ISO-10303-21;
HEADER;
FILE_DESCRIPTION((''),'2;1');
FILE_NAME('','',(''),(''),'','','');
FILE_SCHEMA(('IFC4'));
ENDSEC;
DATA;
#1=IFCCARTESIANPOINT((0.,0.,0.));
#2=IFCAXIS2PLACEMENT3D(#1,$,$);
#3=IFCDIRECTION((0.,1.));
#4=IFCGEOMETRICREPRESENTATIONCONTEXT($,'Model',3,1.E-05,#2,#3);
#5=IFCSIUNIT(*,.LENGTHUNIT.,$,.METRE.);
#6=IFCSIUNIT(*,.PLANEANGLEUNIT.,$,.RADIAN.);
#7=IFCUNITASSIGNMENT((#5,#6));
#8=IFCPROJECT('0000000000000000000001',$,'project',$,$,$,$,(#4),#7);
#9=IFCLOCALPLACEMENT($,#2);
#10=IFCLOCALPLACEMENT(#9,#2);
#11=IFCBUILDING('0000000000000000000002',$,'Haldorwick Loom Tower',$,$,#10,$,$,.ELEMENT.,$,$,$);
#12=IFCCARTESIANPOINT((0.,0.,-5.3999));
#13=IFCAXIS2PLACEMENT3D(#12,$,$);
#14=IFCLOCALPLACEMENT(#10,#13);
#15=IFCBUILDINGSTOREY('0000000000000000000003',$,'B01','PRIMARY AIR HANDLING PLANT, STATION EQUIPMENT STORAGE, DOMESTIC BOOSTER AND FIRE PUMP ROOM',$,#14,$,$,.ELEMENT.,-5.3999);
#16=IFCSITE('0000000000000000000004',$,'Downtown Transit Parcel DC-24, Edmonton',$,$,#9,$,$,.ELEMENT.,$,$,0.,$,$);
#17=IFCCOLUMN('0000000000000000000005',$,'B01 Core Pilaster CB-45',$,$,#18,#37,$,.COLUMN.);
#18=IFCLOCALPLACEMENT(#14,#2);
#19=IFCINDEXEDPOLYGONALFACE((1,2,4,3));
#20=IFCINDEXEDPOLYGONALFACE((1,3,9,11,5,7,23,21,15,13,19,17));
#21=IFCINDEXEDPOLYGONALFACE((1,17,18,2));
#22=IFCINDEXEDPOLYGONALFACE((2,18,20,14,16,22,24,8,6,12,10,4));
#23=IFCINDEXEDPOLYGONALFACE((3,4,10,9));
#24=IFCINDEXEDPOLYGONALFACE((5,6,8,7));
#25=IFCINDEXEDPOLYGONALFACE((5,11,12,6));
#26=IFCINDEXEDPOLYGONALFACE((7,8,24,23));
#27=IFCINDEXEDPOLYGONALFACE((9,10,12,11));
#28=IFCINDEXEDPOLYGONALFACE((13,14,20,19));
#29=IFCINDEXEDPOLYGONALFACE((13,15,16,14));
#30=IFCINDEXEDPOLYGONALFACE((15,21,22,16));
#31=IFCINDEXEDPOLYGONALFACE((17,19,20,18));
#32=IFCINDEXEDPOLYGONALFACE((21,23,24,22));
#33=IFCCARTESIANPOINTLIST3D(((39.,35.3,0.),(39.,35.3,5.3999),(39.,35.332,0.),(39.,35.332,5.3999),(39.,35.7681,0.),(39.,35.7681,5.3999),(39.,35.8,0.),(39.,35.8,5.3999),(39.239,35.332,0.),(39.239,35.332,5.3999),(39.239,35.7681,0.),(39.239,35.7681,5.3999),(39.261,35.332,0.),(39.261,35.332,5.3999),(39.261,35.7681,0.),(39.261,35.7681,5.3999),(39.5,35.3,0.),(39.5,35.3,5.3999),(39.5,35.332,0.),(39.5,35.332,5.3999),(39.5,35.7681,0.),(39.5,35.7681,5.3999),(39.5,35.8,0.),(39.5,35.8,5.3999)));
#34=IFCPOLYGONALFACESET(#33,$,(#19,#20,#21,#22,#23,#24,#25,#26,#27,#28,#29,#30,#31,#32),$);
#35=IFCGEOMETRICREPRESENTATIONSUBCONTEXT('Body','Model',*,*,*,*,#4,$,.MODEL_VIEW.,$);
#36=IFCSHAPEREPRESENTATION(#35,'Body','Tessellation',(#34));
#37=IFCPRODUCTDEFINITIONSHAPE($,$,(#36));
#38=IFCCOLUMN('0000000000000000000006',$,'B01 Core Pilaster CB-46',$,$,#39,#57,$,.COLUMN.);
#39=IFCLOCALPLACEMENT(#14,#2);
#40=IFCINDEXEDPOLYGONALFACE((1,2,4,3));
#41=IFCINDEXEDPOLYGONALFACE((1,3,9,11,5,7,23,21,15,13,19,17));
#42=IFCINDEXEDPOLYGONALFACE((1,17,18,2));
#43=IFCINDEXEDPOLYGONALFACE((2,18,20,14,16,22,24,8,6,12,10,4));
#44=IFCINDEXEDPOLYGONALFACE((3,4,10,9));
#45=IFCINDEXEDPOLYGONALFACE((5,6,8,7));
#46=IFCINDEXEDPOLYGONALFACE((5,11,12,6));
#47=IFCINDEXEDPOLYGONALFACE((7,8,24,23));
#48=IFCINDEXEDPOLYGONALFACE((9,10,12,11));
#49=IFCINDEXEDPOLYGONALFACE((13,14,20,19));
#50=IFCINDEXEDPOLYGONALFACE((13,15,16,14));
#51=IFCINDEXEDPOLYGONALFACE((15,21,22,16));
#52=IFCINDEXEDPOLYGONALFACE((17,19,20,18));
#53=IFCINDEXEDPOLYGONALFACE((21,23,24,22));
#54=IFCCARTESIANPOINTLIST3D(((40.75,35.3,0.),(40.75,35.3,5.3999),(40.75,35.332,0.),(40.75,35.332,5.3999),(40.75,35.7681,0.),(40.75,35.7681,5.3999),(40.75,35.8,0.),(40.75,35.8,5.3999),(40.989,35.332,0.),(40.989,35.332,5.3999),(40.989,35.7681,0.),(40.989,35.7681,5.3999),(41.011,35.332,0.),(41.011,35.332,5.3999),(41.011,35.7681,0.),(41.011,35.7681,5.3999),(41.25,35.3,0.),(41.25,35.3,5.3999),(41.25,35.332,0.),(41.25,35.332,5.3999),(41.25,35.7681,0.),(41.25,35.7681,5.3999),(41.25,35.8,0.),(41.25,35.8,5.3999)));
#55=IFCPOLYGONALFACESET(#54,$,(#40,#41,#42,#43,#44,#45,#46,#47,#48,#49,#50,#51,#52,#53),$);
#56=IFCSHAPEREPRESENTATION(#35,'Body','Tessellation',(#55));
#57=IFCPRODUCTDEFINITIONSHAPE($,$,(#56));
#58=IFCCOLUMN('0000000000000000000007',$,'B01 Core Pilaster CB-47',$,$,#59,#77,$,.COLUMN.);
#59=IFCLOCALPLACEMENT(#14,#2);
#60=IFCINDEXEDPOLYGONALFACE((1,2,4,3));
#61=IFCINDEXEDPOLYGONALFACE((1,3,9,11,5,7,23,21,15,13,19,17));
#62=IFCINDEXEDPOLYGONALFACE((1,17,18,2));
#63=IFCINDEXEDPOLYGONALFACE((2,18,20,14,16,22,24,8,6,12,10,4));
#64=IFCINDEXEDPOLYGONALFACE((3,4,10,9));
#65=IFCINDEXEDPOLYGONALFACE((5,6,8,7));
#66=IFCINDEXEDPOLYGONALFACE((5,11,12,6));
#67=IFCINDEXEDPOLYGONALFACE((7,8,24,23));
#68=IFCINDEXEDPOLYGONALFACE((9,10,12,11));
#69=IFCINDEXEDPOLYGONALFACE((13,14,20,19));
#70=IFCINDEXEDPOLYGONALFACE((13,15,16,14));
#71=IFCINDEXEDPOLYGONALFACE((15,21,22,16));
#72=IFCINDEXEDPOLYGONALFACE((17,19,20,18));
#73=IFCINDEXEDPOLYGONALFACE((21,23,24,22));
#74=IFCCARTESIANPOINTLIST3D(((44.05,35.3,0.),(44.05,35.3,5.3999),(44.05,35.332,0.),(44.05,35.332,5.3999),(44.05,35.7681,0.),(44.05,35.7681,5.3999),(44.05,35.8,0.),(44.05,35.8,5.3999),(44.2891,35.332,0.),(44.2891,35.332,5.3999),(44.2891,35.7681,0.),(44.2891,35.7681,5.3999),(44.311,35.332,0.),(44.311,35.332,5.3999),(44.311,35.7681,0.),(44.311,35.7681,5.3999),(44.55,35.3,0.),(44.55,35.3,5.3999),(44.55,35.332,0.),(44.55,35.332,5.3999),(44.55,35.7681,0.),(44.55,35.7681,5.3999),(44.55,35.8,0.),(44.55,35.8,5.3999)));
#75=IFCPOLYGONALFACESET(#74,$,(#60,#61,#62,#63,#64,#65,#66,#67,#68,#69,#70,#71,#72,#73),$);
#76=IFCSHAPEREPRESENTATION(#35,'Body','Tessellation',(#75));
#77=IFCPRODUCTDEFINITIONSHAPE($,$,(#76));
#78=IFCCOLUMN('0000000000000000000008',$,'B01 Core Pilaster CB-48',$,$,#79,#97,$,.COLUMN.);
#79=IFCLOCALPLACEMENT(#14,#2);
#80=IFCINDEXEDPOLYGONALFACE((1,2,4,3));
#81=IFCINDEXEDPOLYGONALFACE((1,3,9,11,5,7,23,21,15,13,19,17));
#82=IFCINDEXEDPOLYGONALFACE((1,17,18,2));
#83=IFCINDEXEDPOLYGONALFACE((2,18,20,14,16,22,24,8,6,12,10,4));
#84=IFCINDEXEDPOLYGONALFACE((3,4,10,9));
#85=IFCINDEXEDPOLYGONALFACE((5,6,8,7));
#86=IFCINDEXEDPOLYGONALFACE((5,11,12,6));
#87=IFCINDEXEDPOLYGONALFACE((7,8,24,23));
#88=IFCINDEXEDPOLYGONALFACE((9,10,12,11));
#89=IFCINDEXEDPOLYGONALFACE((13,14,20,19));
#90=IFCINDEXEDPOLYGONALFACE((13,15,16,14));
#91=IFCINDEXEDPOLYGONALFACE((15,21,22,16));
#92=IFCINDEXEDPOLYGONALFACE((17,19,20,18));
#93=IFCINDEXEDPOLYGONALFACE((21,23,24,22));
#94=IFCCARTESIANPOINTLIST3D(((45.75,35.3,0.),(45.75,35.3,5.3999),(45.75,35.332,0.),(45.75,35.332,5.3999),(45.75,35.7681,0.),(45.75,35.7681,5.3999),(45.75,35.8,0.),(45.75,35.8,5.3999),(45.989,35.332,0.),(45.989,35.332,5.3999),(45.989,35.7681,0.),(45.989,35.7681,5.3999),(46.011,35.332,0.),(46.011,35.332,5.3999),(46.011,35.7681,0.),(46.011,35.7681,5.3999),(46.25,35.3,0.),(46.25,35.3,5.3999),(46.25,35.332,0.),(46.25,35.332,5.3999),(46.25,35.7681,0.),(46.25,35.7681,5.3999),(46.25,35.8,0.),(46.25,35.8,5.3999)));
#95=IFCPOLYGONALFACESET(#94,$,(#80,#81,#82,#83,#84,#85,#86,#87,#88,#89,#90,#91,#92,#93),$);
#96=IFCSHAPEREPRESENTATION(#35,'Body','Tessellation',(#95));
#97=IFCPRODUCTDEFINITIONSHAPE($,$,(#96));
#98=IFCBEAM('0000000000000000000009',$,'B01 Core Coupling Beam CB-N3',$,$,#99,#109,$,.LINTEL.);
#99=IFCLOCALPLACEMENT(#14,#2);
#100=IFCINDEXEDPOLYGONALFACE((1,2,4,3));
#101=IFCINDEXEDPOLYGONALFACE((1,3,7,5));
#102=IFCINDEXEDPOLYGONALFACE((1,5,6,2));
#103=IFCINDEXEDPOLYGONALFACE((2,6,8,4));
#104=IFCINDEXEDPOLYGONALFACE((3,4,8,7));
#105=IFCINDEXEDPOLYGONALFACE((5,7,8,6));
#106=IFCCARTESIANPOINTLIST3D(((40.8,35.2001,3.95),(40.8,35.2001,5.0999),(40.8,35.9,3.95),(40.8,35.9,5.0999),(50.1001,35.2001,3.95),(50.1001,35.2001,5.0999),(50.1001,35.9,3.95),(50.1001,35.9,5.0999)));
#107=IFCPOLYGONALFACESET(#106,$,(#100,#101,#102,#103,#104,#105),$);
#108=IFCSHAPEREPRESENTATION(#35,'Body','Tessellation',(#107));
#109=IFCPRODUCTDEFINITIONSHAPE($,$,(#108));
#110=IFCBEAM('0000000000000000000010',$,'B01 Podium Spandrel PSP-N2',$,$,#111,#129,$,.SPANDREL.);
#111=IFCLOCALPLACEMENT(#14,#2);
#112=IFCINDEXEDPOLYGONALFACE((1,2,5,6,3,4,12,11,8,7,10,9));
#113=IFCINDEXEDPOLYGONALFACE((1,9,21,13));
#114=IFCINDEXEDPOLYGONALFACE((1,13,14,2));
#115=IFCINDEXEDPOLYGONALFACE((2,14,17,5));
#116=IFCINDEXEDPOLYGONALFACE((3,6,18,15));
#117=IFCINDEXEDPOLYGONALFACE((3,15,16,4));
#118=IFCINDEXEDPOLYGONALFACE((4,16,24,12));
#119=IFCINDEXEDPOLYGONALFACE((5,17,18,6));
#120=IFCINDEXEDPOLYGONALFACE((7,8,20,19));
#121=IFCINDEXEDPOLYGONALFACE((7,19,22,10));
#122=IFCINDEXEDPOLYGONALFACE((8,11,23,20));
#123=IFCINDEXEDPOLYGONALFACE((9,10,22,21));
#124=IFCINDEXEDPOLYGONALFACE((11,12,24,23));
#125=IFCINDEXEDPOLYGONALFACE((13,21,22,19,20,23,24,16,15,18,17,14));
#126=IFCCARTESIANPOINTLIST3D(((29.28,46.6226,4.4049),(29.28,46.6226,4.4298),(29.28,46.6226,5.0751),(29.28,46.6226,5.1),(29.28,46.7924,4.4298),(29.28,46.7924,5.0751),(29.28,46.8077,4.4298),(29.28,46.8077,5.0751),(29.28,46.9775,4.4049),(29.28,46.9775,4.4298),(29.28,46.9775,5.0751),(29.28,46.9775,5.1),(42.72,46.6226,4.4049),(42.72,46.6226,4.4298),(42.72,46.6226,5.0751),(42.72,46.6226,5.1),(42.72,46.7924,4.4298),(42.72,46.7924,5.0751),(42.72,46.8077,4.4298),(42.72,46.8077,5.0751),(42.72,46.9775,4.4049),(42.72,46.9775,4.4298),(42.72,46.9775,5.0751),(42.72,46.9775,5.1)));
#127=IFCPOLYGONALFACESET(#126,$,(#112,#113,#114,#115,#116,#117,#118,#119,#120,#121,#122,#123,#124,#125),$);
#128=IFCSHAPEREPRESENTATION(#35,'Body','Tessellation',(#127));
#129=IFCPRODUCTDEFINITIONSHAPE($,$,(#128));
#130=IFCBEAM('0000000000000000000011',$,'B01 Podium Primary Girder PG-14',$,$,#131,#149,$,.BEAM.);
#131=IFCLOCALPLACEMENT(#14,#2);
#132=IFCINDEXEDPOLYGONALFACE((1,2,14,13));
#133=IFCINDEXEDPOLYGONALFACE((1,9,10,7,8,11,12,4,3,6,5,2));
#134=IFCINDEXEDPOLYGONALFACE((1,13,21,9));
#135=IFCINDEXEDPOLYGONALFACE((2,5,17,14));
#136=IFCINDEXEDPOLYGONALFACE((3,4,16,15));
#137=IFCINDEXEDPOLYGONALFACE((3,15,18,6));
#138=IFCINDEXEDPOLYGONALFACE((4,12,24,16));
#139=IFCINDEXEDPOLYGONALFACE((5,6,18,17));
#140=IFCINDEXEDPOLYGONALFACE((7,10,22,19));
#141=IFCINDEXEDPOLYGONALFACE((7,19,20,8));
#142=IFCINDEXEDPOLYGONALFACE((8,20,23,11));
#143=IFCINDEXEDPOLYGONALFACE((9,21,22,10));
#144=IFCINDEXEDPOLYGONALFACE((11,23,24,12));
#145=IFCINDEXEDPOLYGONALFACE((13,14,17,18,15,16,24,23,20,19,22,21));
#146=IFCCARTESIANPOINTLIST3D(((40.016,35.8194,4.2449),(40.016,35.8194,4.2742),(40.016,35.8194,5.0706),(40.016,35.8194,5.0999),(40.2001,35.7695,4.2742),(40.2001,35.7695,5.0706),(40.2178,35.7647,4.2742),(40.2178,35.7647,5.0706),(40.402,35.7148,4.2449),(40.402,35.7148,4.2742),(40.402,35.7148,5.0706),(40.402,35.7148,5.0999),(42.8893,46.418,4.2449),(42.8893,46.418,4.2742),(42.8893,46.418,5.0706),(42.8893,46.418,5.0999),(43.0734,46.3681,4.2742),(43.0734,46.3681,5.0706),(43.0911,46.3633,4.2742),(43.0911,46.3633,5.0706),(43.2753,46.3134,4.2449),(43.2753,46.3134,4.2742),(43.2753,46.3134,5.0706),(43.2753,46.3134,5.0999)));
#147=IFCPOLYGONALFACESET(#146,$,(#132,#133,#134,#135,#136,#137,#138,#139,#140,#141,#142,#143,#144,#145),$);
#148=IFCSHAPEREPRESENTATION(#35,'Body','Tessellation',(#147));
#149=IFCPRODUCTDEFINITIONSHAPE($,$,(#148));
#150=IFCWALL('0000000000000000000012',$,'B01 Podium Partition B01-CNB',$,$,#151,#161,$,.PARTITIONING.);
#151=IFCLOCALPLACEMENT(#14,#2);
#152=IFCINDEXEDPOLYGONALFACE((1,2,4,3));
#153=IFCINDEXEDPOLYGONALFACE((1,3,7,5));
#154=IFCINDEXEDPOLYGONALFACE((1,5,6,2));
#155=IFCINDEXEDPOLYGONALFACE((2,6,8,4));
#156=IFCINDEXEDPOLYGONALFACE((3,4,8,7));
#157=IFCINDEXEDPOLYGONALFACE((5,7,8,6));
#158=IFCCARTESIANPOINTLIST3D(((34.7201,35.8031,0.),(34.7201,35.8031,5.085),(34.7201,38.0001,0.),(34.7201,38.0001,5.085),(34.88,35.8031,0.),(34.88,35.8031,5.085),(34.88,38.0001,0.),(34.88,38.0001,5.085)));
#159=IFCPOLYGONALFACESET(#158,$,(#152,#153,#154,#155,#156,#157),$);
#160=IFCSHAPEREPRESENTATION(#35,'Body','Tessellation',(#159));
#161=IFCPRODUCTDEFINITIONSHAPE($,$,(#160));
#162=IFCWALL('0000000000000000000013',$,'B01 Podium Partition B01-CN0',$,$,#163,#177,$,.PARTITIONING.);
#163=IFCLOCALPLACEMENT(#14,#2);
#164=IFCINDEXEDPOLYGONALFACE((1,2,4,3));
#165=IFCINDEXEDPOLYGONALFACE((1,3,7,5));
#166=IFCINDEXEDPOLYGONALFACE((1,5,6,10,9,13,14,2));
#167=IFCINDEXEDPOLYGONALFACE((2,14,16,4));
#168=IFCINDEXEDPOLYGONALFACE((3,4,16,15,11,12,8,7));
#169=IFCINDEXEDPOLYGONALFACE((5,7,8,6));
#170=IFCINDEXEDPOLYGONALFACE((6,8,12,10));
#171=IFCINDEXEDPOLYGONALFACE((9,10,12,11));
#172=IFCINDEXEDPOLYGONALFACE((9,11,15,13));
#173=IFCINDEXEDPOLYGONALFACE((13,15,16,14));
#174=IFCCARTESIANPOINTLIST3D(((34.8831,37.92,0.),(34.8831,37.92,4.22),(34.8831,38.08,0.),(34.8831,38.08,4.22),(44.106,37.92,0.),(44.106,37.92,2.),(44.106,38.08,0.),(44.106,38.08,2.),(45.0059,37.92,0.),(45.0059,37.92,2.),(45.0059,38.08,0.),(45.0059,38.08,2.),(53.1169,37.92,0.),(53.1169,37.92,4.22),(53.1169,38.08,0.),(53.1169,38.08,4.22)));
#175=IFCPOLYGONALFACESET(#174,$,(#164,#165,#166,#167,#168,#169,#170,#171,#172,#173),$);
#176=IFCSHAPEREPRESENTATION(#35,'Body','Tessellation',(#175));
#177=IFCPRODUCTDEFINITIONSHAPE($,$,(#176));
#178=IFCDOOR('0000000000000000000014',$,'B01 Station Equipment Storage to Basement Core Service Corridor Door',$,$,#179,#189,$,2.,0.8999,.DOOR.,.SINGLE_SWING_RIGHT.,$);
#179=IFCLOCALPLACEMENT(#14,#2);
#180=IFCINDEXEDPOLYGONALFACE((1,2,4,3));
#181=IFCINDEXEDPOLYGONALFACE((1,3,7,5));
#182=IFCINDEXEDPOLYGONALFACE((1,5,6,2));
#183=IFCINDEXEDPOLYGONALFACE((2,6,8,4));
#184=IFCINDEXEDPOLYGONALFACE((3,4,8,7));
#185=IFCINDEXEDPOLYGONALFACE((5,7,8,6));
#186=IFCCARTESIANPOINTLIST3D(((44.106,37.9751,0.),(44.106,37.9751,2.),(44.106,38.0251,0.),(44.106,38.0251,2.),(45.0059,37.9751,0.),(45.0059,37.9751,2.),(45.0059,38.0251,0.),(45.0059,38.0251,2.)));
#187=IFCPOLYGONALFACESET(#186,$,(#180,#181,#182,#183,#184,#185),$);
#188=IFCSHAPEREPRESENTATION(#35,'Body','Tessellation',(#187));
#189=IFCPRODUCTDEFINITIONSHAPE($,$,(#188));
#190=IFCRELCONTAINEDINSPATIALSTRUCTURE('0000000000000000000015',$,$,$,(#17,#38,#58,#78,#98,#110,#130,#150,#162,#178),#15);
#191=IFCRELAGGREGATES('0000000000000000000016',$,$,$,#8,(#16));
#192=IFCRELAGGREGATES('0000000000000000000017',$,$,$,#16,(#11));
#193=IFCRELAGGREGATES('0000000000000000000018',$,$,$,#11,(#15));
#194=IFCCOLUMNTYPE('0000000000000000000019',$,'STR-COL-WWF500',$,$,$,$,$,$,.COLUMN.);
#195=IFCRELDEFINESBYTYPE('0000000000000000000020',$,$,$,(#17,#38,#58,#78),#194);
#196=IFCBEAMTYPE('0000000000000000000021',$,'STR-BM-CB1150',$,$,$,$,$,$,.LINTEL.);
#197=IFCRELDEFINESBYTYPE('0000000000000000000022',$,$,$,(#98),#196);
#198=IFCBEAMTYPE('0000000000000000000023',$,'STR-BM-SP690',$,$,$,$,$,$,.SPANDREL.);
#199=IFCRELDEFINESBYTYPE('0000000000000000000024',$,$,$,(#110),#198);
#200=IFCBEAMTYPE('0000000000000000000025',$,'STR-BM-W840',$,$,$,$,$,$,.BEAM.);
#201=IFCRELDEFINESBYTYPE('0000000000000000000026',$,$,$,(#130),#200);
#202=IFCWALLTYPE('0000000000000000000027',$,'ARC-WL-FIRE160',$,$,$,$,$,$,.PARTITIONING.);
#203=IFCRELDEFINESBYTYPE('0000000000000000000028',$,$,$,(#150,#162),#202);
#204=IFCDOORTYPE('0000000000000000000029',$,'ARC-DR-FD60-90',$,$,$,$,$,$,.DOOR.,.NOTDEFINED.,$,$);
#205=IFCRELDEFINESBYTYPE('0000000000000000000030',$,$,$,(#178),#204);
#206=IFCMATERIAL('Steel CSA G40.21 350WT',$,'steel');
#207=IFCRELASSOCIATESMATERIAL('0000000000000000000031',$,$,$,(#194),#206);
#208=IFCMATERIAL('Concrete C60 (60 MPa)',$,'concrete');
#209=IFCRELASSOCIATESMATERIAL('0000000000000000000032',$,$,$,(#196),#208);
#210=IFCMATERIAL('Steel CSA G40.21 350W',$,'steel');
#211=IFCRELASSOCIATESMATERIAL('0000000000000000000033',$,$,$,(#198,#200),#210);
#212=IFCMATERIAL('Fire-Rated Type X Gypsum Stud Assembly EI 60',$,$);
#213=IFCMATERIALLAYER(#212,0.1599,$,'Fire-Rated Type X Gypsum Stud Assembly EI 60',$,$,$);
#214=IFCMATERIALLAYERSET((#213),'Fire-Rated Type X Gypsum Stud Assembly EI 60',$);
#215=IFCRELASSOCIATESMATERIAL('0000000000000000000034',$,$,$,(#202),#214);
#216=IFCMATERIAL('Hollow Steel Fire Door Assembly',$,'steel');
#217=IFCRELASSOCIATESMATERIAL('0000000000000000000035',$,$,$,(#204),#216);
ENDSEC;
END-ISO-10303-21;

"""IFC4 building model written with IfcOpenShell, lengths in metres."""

from ifc_helpers import new_model, si_unit, direction, frame, frame_2d, origin, origin_2d, place, context, subcontext, project, spatial, rectangle, i_section, extrude, material, layer, layer_set, material_profile, profile_set, type_object, element, fill, save


model = new_model("IFC4")

# Units and contexts
model_context = context("Model", 3, precision=1e-05, world=origin(), true_north=direction((0.0, 1.0)))
body_context = subcontext(model_context, "Body", "Model", "MODEL_VIEW")
ifc_project = project(units=[si_unit("LENGTHUNIT", "METRE"), si_unit("PLANEANGLEUNIT", "RADIAN")], contexts=[model_context])

# Site, building, storey
site_placement = place(None, origin())
site = spatial("IfcSite", under=ifc_project, at=site_placement, Name="Downtown Transit Parcel DC-24, Edmonton", CompositionType="ELEMENT", RefElevation=0.0)
building_placement = place(site_placement, origin())
building = spatial("IfcBuilding", under=site, at=building_placement, Name="Haldorwick Loom Tower", CompositionType="ELEMENT")
storey_placement = place(building_placement, frame((0.0, 0.0, -5.3999)))
storey = spatial("IfcBuildingStorey", under=building, at=storey_placement, Name="B01", Description="PRIMARY AIR HANDLING PLANT, STATION EQUIPMENT STORAGE, DOMESTIC BOOSTER AND FIRE PUMP ROOM", CompositionType="ELEMENT", Elevation=-5.3999)

# Columns
ifc_material_1 = material(Name="Concrete C60 (60 MPa)", Category="concrete")
ifc_material_2 = material(Name="Steel CSA G40.21 350WT", Category="steel")
ifc_material_profile_1 = material_profile(ifc_material_2, i_section(OverallWidth=0.5, OverallDepth=0.5, WebThickness=0.022, FlangeThickness=0.032, at=origin_2d()), Name="WWF500X500", Category="steel")
ifc_profile_set_1 = profile_set([ifc_material_profile_1], Name="Steel CSA G40.21 350WT")
column_type_1 = type_object("IfcColumnType", Name="STR-COL-WWF500", PredefinedType="COLUMN", material=ifc_profile_set_1)
for number, where, z_axis, x_axis, name in (
    (1, (39.25, 35.55, 0.0), (0.0, 0.0, 1.0), (1.0, 0.0, 0.0), "B01 Core Pilaster CB-45"),
    (2, (41.0, 35.55, 0.0), (0.0, 0.0, 1.0), (1.0, 0.0, 0.0), "B01 Core Pilaster CB-46"),
    (3, (44.3, 35.55, 0.0), (0.0, 0.0, 1.0), (1.0, 0.0, 0.0), "B01 Core Pilaster CB-47"),
    (4, (46.0, 35.55, 0.0), (0.0, 0.0, 1.0), (1.0, 0.0, 0.0), "B01 Core Pilaster CB-48"),
):
    element("IfcColumn", number, at=place(storey_placement, frame(where, z_axis=z_axis, x_axis=x_axis)), inside=storey, type_object=column_type_1, Name=name, PredefinedType="COLUMN", context=body_context, shape_type="SweptSolid", body=[
        extrude(i_section(OverallWidth=0.5, OverallDepth=0.5, WebThickness=0.022, FlangeThickness=0.032, at=origin_2d()), origin(), (0.0, 0.0, 1.0), 5.3999),
    ])

# Beams
ifc_material_profile_2 = material_profile(ifc_material_1, rectangle(XDim=0.7, YDim=1.1499, at=origin_2d()), Name="RC700X1150", Category="concrete")
ifc_profile_set_2 = profile_set([ifc_material_profile_2], Name="Concrete C60 (60 MPa)")
beam_type_1 = type_object("IfcBeamType", Name="STR-BM-CB1150", PredefinedType="LINTEL", material=ifc_profile_set_2)
beam_1_placement = place(storey_placement, frame((40.8, 35.55, 4.5249), z_axis=(1.0, 0.0, 0.0), x_axis=(0.0, 1.0, 0.0)))
element("IfcBeam", 5, at=beam_1_placement, inside=storey, type_object=beam_type_1, Name="B01 Core Coupling Beam CB-N3", PredefinedType="LINTEL", context=body_context, shape_type="SweptSolid", body=[
    extrude(rectangle(XDim=0.7, YDim=1.1499, at=origin_2d()), origin(), (0.0, 0.0, 1.0), 9.3),
])
ifc_material_3 = material(Name="Steel CSA G40.21 350W", Category="steel")
ifc_material_profile_3 = material_profile(ifc_material_3, i_section(OverallWidth=0.355, OverallDepth=0.6951, WebThickness=0.0154, FlangeThickness=0.0249, at=origin_2d()), Name="W690X217", Category="steel")
ifc_profile_set_3 = profile_set([ifc_material_profile_3], Name="Steel CSA G40.21 350W")
beam_type_2 = type_object("IfcBeamType", Name="STR-BM-SP690", PredefinedType="SPANDREL", material=ifc_profile_set_3)
beam_2_placement = place(storey_placement, frame((42.72, 46.8, 4.7524), z_axis=(-1.0, 0.0, 0.0), x_axis=(0.0, -1.0, 0.0)))
element("IfcBeam", 6, at=beam_2_placement, inside=storey, type_object=beam_type_2, Name="B01 Podium Spandrel PSP-N2", PredefinedType="SPANDREL", context=body_context, shape_type="SweptSolid", body=[
    extrude(i_section(OverallWidth=0.355, OverallDepth=0.6951, WebThickness=0.0154, FlangeThickness=0.0249, at=origin_2d()), origin(), (0.0, 0.0, 1.0), 13.4399),
])
ifc_material_profile_4 = material_profile(ifc_material_3, i_section(OverallWidth=0.3999, OverallDepth=0.855, WebThickness=0.0183, FlangeThickness=0.0293, at=origin_2d()), Name="W840X299", Category="steel")
ifc_profile_set_4 = profile_set([ifc_material_profile_4], Name="Steel CSA G40.21 350W")
beam_type_3 = type_object("IfcBeamType", Name="STR-BM-W840", PredefinedType="BEAM", material=ifc_profile_set_4)
beam_3_placement = place(storey_placement, frame((43.0823, 46.3657, 4.6724), z_axis=(-0.261655, -0.965161, 0.0), x_axis=(0.965161, -0.261655, 0.0)))
element("IfcBeam", 7, at=beam_3_placement, inside=storey, type_object=beam_type_3, Name="B01 Podium Primary Girder PG-14", PredefinedType="BEAM", context=body_context, shape_type="SweptSolid", body=[
    extrude(i_section(OverallWidth=0.3999, OverallDepth=0.855, WebThickness=0.0183, FlangeThickness=0.0293, at=origin_2d()), origin(), (0.0, 0.0, 1.0), 10.9812),
])

# Wall
ifc_material_4 = material(Name="Fire-Rated Type X Gypsum Stud Assembly EI 60")
ifc_layer_1 = layer(ifc_material_4, 0.1599, Name="Fire-Rated Type X Gypsum Stud Assembly EI 60")
ifc_layer_set_1 = layer_set([ifc_layer_1], Name="Fire-Rated Type X Gypsum Stud Assembly EI 60")
wall_type = type_object("IfcWallType", Name="ARC-WL-FIRE160", PredefinedType="PARTITIONING", material=ifc_layer_set_1)
wall_1_placement = place(storey_placement, frame((34.8, 35.803, 0.0), z_axis=(0.0, 0.0, 1.0), x_axis=(0.0, 1.0, 0.0)))
element("IfcWall", 8, at=wall_1_placement, inside=storey, type_object=wall_type, Name="B01 Podium Partition B01-CNB", PredefinedType="PARTITIONING", context=body_context, shape_type="SweptSolid", body=[
    extrude(rectangle(XDim=2.197, YDim=0.1599, at=frame_2d((1.0986, 0.0))), origin(), (0.0, 0.0, 1.0), 5.085),
])

# Wall, opening, door
wall_2_placement = place(storey_placement, frame((34.8831, 38.0, 0.0), z_axis=(0.0, 0.0, 1.0), x_axis=(1.0, 0.0, 0.0)))
wall_2 = element("IfcWall", 9, at=wall_2_placement, inside=storey, type_object=wall_type, Name="B01 Podium Partition B01-CN0", PredefinedType="PARTITIONING", context=body_context, shape_type="SweptSolid", body=[
    extrude(rectangle(XDim=18.2339, YDim=0.1599, at=frame_2d((9.1169, 0.0))), origin(), (0.0, 0.0, 1.0), 4.22),
])
opening_placement = place(wall_2_placement, frame((9.2229, 0.0, 0.0)))
opening = element("IfcOpeningElement", 10, at=opening_placement, cuts=wall_2, PredefinedType="OPENING", context=body_context, shape_type="SweptSolid", body=[
    extrude(rectangle(XDim=0.8999, YDim=2.0, at=frame_2d((0.45, 1.0))), frame((0.0, 0.0898, 0.0), z_axis=(0.0, -1.0, 0.0), x_axis=(1.0, 0.0, 0.0)), (0.0, 0.0, 1.0), 0.1799),
])
ifc_material_5 = material(Name="Hollow Steel Fire Door Assembly", Category="steel")
door_type = type_object("IfcDoorType", Name="ARC-DR-FD60-90", OperationType="NOTDEFINED", PredefinedType="DOOR", material=ifc_material_5)
door_placement = place(opening_placement, frame((0.8999, 0.0, 0.0), z_axis=(0.0, 0.0, 1.0), x_axis=(-1.0, 0.0, 0.0)))
door = element("IfcDoor", 11, at=door_placement, inside=storey, type_object=door_type, Name="B01 Station Equipment Storage to Basement Core Service Corridor Door", OperationType="SINGLE_SWING_RIGHT", OverallHeight=2.0, OverallWidth=0.8999, PredefinedType="DOOR", context=body_context, shape_type="SweptSolid", body=[
    extrude(rectangle(XDim=0.8999, YDim=2.0, at=frame_2d((0.45, 1.0))), frame((0.0, 0.0249, 0.0), z_axis=(0.0, -1.0, 0.0), x_axis=(1.0, 0.0, 0.0)), (0.0, 0.0, 1.0), 0.05),
])
fill(opening, door)

save(model, "model.ifc")
